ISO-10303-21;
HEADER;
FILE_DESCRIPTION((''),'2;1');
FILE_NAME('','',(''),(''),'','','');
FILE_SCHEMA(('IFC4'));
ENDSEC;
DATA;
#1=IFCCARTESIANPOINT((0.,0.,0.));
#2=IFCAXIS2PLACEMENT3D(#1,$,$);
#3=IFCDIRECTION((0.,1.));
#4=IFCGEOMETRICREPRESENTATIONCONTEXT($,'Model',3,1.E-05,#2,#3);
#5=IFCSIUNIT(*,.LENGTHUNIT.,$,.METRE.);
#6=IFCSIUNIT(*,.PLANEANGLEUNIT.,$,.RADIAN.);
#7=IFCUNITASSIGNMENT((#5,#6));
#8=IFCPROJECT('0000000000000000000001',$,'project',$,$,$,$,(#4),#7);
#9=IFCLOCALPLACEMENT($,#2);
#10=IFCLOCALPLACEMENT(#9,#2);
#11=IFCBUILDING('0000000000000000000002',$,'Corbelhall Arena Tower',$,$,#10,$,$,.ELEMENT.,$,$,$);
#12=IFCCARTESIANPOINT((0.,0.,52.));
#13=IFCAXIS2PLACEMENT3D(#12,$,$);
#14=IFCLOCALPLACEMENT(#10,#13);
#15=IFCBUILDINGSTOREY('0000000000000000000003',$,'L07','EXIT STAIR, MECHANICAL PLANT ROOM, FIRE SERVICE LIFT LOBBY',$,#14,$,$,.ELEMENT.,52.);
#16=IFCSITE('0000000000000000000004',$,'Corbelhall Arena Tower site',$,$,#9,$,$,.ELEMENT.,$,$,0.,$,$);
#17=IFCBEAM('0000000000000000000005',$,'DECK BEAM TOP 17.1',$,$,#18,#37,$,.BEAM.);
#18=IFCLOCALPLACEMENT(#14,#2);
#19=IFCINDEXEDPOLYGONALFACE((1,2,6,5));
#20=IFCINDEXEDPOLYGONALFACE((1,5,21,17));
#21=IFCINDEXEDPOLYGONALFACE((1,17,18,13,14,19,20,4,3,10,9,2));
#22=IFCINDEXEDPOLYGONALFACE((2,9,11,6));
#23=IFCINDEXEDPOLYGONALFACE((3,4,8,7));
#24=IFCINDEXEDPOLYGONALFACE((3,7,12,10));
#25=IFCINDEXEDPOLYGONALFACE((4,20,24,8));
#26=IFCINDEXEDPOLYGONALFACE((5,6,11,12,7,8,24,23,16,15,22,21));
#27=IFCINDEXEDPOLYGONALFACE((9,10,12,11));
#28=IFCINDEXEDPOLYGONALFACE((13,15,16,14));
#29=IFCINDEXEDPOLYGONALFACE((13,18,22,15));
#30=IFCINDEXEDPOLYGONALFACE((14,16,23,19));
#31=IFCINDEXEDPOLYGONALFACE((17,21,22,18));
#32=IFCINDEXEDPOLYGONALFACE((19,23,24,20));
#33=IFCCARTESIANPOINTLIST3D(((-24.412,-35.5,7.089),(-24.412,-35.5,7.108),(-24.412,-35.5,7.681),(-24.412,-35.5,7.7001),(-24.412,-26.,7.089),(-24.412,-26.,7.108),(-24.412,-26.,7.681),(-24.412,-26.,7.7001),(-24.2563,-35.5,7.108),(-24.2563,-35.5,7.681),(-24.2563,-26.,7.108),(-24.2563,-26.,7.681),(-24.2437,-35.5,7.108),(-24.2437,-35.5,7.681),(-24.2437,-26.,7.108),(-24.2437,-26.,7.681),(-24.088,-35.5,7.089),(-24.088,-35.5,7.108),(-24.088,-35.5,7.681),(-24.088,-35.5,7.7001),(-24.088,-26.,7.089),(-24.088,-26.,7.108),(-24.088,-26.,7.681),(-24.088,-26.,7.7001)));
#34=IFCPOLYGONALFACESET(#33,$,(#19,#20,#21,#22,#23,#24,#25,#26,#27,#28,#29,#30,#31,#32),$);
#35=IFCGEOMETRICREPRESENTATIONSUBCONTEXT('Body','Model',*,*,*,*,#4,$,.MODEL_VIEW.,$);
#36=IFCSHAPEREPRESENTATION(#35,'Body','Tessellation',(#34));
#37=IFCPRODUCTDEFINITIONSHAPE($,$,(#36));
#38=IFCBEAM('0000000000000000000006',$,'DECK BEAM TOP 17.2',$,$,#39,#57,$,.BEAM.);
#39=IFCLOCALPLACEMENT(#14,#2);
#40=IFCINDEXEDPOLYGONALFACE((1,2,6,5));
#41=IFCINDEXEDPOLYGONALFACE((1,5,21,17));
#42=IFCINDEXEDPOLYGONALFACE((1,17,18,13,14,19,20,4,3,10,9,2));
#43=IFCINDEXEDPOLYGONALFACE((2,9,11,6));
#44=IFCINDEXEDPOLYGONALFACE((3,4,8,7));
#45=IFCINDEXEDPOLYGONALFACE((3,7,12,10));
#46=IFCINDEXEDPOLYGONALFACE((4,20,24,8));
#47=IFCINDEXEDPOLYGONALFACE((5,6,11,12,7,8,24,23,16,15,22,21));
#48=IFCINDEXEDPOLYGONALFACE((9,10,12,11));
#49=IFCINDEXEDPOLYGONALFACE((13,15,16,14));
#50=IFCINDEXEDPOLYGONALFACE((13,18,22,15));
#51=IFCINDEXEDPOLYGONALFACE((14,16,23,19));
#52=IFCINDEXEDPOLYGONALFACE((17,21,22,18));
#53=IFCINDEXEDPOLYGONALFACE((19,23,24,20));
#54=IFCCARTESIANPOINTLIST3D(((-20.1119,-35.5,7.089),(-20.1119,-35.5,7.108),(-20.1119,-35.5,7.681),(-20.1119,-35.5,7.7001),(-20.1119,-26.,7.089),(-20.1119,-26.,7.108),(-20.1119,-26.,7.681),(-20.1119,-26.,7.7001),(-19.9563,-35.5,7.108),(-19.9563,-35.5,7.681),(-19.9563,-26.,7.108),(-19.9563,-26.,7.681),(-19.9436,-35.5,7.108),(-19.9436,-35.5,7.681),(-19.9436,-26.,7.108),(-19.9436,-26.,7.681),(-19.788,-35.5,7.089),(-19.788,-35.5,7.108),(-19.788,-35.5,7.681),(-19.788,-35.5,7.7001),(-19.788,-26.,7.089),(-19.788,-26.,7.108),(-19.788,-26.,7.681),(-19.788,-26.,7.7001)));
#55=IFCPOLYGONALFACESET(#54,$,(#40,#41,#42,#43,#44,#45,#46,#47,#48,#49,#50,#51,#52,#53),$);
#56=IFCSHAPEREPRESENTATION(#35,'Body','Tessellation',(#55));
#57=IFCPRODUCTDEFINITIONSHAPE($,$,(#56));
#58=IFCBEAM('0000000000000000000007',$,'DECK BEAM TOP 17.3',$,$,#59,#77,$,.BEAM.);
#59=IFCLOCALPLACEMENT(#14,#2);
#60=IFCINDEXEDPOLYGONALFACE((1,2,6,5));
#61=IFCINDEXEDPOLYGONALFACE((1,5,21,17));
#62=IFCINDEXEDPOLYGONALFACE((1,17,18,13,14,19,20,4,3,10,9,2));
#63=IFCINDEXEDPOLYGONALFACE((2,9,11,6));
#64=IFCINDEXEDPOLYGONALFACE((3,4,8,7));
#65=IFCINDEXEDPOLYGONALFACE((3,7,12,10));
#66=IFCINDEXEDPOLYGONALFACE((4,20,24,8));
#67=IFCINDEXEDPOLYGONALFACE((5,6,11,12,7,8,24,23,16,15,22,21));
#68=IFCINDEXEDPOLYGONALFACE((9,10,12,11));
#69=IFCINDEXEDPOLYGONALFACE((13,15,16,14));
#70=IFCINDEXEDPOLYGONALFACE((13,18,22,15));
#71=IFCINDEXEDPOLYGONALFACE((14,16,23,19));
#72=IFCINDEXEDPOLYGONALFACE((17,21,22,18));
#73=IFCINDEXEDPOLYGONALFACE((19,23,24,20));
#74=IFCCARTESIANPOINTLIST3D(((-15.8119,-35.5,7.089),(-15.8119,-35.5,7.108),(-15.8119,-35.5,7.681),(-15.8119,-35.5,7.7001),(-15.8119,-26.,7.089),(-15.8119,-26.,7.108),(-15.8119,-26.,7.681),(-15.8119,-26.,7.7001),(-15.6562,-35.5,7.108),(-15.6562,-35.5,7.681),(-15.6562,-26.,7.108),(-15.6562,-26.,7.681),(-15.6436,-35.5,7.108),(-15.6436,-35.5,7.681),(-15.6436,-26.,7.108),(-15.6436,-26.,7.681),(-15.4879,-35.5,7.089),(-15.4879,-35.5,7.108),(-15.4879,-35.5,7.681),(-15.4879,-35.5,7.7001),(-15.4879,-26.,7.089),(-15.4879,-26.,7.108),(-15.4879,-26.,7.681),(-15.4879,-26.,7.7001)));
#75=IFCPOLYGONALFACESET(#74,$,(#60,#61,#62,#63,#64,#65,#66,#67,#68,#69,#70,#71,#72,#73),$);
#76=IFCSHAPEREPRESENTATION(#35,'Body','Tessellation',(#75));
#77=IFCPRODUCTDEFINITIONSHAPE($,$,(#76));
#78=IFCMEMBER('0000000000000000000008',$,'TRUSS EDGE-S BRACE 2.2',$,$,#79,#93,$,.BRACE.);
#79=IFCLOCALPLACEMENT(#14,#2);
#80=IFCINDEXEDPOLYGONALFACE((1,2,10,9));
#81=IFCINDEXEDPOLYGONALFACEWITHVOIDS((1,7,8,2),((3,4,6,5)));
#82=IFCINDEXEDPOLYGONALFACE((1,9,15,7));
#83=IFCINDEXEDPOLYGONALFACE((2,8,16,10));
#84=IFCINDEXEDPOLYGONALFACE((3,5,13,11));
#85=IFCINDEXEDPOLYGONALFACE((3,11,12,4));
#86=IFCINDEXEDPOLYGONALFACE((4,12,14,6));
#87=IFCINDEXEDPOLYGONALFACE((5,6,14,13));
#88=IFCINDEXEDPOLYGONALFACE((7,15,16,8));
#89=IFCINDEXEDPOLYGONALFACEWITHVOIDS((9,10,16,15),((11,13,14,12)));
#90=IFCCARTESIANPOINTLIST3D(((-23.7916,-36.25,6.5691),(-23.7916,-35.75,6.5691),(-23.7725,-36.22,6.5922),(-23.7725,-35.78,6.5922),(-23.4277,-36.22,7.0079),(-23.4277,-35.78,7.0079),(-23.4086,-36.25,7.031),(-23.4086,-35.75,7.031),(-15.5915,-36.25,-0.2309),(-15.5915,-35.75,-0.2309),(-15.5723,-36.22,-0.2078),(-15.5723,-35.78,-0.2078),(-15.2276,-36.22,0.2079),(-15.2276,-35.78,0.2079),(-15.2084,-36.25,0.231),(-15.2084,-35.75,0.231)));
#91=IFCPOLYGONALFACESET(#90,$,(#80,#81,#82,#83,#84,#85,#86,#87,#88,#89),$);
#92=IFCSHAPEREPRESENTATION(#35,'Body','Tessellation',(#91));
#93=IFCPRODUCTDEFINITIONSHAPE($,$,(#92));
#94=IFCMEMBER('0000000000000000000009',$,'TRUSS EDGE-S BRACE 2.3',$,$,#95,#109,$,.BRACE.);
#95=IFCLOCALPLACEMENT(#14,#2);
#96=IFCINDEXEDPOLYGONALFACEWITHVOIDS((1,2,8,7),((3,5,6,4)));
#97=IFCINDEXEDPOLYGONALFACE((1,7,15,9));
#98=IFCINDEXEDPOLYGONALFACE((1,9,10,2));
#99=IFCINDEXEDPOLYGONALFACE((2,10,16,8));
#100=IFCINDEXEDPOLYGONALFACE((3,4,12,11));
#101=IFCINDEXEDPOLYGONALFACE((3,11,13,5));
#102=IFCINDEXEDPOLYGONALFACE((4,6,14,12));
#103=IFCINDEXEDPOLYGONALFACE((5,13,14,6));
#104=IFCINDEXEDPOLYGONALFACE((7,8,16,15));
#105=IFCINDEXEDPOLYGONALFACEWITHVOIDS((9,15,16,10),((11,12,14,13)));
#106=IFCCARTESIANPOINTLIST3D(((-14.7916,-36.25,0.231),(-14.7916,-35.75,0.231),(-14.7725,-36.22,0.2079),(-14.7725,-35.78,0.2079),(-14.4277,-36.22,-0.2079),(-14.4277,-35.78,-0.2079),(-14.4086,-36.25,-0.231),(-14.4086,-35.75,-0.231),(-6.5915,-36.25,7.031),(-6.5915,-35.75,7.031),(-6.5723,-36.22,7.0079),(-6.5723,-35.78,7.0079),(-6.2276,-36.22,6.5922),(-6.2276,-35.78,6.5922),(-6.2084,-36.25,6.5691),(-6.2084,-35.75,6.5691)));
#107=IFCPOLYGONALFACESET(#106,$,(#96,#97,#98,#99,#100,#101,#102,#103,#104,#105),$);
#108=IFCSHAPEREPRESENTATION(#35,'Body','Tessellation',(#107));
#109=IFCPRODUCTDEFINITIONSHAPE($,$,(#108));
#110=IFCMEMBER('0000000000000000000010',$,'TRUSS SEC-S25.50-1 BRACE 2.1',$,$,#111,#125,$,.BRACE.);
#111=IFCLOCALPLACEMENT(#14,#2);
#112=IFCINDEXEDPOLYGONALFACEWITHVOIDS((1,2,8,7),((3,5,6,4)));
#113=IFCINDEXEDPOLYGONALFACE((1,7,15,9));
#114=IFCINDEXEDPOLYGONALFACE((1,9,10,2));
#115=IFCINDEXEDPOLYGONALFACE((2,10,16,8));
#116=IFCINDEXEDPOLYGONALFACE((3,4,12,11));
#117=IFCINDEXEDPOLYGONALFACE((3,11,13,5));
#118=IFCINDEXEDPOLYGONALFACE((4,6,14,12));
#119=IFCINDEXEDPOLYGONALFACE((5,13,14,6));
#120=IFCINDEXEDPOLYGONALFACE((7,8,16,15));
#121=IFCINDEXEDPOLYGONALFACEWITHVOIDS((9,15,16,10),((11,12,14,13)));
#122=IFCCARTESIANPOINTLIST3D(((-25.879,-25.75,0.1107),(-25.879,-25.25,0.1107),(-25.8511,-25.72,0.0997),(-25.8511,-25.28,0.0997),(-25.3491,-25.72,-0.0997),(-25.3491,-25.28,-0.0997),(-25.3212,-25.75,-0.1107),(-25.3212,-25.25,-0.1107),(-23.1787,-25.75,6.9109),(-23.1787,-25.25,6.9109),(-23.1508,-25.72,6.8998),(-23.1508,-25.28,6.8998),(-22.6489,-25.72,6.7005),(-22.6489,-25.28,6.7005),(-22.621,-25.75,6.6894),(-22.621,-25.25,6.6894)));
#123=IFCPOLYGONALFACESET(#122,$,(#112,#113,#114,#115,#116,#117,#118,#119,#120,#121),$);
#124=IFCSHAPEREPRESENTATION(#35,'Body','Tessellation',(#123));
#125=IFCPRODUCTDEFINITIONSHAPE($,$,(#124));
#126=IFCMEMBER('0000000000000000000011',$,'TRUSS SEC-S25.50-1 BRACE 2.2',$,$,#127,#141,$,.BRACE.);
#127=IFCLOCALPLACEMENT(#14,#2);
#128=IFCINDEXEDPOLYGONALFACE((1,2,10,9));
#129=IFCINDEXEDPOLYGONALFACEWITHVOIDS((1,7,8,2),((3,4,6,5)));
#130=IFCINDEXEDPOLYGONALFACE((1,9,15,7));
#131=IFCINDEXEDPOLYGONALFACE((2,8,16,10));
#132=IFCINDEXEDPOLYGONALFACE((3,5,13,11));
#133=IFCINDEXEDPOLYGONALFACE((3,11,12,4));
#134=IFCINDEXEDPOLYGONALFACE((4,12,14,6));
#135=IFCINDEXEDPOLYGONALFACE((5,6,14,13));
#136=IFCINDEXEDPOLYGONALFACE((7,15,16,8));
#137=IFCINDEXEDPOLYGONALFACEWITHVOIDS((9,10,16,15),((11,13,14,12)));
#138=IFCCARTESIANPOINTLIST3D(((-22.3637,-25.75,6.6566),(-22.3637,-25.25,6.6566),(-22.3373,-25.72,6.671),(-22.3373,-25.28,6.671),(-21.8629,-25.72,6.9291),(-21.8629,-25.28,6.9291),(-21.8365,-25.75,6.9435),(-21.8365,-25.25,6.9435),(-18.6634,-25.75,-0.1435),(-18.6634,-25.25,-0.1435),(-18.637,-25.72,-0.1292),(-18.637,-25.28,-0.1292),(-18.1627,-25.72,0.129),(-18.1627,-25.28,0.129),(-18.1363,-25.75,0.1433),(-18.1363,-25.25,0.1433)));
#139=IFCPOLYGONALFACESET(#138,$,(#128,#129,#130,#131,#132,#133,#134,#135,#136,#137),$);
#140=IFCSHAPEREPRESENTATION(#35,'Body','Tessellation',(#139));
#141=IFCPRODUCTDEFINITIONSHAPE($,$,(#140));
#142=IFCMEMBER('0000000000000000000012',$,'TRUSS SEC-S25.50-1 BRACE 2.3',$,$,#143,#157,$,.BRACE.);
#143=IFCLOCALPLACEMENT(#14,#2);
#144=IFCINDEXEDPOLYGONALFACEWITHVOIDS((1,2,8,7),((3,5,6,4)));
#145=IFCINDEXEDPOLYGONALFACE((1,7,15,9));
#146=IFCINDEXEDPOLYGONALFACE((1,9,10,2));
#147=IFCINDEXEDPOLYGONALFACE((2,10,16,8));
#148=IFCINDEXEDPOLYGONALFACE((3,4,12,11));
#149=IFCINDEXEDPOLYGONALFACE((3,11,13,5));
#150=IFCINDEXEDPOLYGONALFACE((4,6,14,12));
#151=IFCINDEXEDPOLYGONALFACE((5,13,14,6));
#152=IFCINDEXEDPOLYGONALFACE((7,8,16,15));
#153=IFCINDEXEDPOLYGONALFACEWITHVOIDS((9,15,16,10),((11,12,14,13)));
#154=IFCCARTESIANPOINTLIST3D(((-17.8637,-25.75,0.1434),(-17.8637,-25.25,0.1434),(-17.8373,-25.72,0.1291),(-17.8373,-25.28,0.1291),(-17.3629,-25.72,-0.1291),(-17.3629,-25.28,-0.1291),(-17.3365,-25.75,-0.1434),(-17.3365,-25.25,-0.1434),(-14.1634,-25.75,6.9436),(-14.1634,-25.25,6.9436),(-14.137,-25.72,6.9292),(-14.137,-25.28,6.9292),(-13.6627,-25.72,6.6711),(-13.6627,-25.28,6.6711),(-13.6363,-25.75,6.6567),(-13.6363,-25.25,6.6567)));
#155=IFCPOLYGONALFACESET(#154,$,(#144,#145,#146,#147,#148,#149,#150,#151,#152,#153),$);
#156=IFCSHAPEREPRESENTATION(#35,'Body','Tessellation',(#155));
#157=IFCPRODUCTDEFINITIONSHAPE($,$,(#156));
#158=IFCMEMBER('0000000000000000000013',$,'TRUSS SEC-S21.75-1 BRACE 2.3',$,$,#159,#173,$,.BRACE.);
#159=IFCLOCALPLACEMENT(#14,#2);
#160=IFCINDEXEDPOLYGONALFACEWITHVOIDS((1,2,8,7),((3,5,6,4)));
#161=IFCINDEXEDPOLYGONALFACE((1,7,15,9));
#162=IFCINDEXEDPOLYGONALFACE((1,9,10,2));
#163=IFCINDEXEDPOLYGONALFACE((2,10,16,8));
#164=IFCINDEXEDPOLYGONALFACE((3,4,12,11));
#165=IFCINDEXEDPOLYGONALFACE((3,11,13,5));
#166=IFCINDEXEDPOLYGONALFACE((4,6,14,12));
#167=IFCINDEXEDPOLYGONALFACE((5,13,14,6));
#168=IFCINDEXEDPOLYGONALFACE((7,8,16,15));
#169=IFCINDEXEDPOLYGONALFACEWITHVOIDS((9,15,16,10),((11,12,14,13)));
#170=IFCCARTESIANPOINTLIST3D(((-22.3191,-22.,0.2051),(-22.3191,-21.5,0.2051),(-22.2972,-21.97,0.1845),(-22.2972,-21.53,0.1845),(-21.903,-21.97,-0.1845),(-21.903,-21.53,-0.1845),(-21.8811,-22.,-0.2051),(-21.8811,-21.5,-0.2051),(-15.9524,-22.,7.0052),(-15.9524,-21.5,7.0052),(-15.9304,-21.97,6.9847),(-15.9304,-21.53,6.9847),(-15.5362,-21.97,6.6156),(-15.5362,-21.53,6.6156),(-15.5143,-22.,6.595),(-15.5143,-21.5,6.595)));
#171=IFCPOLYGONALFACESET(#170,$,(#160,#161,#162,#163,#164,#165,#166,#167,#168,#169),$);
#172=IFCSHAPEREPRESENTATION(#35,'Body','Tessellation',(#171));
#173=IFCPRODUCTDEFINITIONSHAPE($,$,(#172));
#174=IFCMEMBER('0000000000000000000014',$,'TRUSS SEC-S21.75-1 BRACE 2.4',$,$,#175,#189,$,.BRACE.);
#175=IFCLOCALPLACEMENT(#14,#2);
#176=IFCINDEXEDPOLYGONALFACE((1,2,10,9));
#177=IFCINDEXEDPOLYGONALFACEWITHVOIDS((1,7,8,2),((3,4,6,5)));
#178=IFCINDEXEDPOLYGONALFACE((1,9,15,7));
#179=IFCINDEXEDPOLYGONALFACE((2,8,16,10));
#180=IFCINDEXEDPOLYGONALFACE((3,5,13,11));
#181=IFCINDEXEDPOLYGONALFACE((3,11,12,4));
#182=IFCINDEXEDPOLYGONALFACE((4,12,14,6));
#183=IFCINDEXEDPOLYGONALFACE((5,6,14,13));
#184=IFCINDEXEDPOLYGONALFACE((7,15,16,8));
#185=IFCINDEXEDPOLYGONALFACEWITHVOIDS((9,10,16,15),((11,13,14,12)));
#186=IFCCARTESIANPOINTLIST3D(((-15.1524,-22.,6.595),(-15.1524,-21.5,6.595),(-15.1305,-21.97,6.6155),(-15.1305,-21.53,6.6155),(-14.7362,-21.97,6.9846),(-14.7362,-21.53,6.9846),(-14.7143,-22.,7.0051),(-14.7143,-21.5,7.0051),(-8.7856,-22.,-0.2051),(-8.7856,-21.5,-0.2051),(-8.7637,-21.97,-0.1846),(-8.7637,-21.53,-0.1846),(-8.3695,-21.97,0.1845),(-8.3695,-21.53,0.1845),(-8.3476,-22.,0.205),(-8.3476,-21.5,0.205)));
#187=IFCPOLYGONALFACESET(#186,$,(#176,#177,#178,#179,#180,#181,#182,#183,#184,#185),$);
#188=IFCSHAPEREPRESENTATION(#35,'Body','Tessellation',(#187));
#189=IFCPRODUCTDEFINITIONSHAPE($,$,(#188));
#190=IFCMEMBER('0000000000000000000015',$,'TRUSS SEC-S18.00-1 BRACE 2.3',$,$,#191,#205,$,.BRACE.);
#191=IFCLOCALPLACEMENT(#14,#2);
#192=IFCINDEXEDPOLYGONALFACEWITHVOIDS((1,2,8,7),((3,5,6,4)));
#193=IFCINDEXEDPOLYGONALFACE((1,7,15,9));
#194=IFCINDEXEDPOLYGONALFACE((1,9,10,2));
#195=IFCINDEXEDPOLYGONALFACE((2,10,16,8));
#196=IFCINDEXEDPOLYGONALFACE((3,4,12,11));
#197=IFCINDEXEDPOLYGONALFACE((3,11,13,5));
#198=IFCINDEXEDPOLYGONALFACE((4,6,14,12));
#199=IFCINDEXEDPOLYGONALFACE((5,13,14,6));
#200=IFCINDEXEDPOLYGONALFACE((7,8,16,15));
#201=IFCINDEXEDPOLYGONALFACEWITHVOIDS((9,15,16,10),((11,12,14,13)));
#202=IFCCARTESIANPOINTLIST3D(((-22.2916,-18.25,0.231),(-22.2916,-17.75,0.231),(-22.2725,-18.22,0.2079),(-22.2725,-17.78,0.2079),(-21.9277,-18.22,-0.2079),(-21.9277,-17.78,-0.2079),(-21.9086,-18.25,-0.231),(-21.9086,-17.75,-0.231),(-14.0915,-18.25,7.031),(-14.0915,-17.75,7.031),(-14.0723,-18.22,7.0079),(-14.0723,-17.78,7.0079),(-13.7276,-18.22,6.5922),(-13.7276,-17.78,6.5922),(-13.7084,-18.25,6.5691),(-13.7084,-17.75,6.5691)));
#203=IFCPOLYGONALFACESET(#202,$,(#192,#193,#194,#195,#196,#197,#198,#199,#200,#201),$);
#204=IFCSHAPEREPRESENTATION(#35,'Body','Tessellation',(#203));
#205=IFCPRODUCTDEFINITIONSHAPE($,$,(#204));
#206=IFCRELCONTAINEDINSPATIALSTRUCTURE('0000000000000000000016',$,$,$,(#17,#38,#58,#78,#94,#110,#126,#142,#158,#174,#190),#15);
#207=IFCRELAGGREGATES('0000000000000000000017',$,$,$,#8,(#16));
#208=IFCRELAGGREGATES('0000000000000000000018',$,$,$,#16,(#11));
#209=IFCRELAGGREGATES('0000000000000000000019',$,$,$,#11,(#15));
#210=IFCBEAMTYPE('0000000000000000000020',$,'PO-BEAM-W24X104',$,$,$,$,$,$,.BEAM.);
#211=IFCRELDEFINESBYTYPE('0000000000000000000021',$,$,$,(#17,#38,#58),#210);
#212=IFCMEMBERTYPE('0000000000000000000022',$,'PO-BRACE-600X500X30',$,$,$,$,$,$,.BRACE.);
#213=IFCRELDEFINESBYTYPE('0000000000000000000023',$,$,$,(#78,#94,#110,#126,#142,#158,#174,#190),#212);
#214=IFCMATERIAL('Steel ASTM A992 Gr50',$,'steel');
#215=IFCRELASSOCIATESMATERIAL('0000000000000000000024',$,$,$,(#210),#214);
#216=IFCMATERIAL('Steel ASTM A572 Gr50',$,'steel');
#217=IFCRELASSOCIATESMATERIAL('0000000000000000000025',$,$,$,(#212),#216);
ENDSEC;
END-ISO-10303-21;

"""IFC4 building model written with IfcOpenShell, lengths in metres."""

from ifc_helpers import new_model, si_unit, direction, frame, origin, origin_2d, place, context, subcontext, project, spatial, hollow_rectangle, i_section, extrude, material, material_profile, profile_set, type_object, element, save


model = new_model("IFC4")

# Units and contexts
model_context = context("Model", 3, precision=1e-05, world=origin(), true_north=direction((0.0, 1.0)))
body_context = subcontext(model_context, "Body", "Model", "MODEL_VIEW")
ifc_project = project(units=[si_unit("LENGTHUNIT", "METRE"), si_unit("PLANEANGLEUNIT", "RADIAN")], contexts=[model_context])

# Site, building, storey
site_placement = place(None, origin())
site = spatial("IfcSite", under=ifc_project, at=site_placement, Name="Corbelhall Arena Tower site", CompositionType="ELEMENT", RefElevation=0.0)
building_placement = place(site_placement, origin())
building = spatial("IfcBuilding", under=site, at=building_placement, Name="Corbelhall Arena Tower", CompositionType="ELEMENT")
storey_placement = place(building_placement, frame((0.0, 0.0, 52.0)))
storey = spatial("IfcBuildingStorey", under=building, at=storey_placement, Name="L07", Description="EXIT STAIR, MECHANICAL PLANT ROOM, FIRE SERVICE LIFT LOBBY", CompositionType="ELEMENT", Elevation=52.0)

# Beams
ifc_material_1 = material(Name="Steel ASTM A992 Gr50", Category="steel")
ifc_material_profile_1 = material_profile(ifc_material_1, i_section(OverallWidth=0.324, OverallDepth=0.6111, WebThickness=0.0127, FlangeThickness=0.019, at=origin_2d()))
ifc_profile_set_1 = profile_set([ifc_material_profile_1], Name="Steel ASTM A992 Gr50")
beam_type = type_object("IfcBeamType", Name="PO-BEAM-W24X104", PredefinedType="BEAM", material=ifc_profile_set_1)
for number, where, z_axis, x_axis, name in (
    (1, (-24.25, -35.5, 7.3945), (0.0, 1.0, 0.0), (-1.0, 0.0, 0.0), "DECK BEAM TOP 17.1"),
    (2, (-19.95, -35.5, 7.3945), (0.0, 1.0, 0.0), (-1.0, 0.0, 0.0), "DECK BEAM TOP 17.2"),
    (3, (-15.6499, -35.5, 7.3945), (0.0, 1.0, 0.0), (-1.0, 0.0, 0.0), "DECK BEAM TOP 17.3"),
):
    element("IfcBeam", number, at=place(storey_placement, frame(where, z_axis=z_axis, x_axis=x_axis)), inside=storey, type_object=beam_type, Name=name, PredefinedType="BEAM", context=body_context, shape_type="SweptSolid", body=[
        extrude(i_section(OverallWidth=0.324, OverallDepth=0.6111, WebThickness=0.0127, FlangeThickness=0.019, at=origin_2d()), origin(), (0.0, 0.0, 1.0), 9.5),
    ])

# Members
ifc_material_2 = material(Name="Steel ASTM A572 Gr50", Category="steel")
ifc_material_profile_2 = material_profile(ifc_material_2, hollow_rectangle(XDim=0.5, YDim=0.6001, WallThickness=0.03, at=origin_2d()))
ifc_profile_set_2 = profile_set([ifc_material_profile_2], Name="Steel ASTM A572 Gr50")
member_type_1 = type_object("IfcMemberType", Name="PO-BRACE-600X500X30", PredefinedType="BRACE", material=ifc_profile_set_2)
for number, where, z_axis, x_axis, name in (
    (4, (-23.6001, -36.0, 6.8), (0.769763, 0.0, -0.63833), (0.0, 1.0, 0.0), "TRUSS EDGE-S BRACE 2.2"),
    (5, (-14.6001, -36.0, 0.0), (0.769763, 0.0, 0.63833), (0.0, 1.0, 0.0), "TRUSS EDGE-S BRACE 2.3"),
):
    element("IfcMember", number, at=place(storey_placement, frame(where, z_axis=z_axis, x_axis=x_axis)), inside=storey, type_object=member_type_1, Name=name, PredefinedType="BRACE", context=body_context, shape_type="SweptSolid", body=[
        extrude(hollow_rectangle(XDim=0.5, YDim=0.6001, WallThickness=0.03, at=origin_2d()), origin(), (0.0, 0.0, 1.0), 10.6528),
    ])
member_1_placement = place(storey_placement, frame((-25.6001, -25.5, 0.0), z_axis=(0.369054, 0.0, 0.929408), x_axis=(0.0, 1.0, 0.0)))
element("IfcMember", 6, at=member_1_placement, inside=storey, type_object=member_type_1, Name="TRUSS SEC-S25.50-1 BRACE 2.1", PredefinedType="BRACE", context=body_context, shape_type="SweptSolid", body=[
    extrude(hollow_rectangle(XDim=0.5, YDim=0.6001, WallThickness=0.03, at=origin_2d()), origin(), (0.0, 0.0, 1.0), 7.3167),
])
for number, where, z_axis, x_axis, name in (
    (7, (-22.1001, -25.5, 6.8), (0.477964, 0.0, -0.87838), (0.0, 1.0, 0.0), "TRUSS SEC-S25.50-1 BRACE 2.2"),
    (8, (-17.6001, -25.5, 0.0), (0.477964, 0.0, 0.87838), (0.0, 1.0, 0.0), "TRUSS SEC-S25.50-1 BRACE 2.3"),
):
    element("IfcMember", number, at=place(storey_placement, frame(where, z_axis=z_axis, x_axis=x_axis)), inside=storey, type_object=member_type_1, Name=name, PredefinedType="BRACE", context=body_context, shape_type="SweptSolid", body=[
        extrude(hollow_rectangle(XDim=0.5, YDim=0.6001, WallThickness=0.03, at=origin_2d()), origin(), (0.0, 0.0, 1.0), 7.7417),
    ])
for number, where, z_axis, x_axis, name in (
    (9, (-22.1001, -21.75, 0.0), (0.683464, 0.0, 0.729984), (0.0, 1.0, 0.0), "TRUSS SEC-S21.75-1 BRACE 2.3"),
    (10, (-14.9333, -21.75, 6.8), (0.683464, 0.0, -0.729984), (0.0, 1.0, 0.0), "TRUSS SEC-S21.75-1 BRACE 2.4"),
):
    element("IfcMember", number, at=place(storey_placement, frame(where, z_axis=z_axis, x_axis=x_axis)), inside=storey, type_object=member_type_1, Name=name, PredefinedType="BRACE", context=body_context, shape_type="SweptSolid", body=[
        extrude(hollow_rectangle(XDim=0.5, YDim=0.6001, WallThickness=0.03, at=origin_2d()), origin(), (0.0, 0.0, 1.0), 9.3154),
    ])
member_2_placement = place(storey_placement, frame((-22.1001, -18.0, 0.0), z_axis=(0.769763, 0.0, 0.63833), x_axis=(0.0, 1.0, 0.0)))
element("IfcMember", 11, at=member_2_placement, inside=storey, type_object=member_type_1, Name="TRUSS SEC-S18.00-1 BRACE 2.3", PredefinedType="BRACE", context=body_context, shape_type="SweptSolid", body=[
    extrude(hollow_rectangle(XDim=0.5, YDim=0.6001, WallThickness=0.03, at=origin_2d()), origin(), (0.0, 0.0, 1.0), 10.6528),
])

save(model, "model.ifc")
